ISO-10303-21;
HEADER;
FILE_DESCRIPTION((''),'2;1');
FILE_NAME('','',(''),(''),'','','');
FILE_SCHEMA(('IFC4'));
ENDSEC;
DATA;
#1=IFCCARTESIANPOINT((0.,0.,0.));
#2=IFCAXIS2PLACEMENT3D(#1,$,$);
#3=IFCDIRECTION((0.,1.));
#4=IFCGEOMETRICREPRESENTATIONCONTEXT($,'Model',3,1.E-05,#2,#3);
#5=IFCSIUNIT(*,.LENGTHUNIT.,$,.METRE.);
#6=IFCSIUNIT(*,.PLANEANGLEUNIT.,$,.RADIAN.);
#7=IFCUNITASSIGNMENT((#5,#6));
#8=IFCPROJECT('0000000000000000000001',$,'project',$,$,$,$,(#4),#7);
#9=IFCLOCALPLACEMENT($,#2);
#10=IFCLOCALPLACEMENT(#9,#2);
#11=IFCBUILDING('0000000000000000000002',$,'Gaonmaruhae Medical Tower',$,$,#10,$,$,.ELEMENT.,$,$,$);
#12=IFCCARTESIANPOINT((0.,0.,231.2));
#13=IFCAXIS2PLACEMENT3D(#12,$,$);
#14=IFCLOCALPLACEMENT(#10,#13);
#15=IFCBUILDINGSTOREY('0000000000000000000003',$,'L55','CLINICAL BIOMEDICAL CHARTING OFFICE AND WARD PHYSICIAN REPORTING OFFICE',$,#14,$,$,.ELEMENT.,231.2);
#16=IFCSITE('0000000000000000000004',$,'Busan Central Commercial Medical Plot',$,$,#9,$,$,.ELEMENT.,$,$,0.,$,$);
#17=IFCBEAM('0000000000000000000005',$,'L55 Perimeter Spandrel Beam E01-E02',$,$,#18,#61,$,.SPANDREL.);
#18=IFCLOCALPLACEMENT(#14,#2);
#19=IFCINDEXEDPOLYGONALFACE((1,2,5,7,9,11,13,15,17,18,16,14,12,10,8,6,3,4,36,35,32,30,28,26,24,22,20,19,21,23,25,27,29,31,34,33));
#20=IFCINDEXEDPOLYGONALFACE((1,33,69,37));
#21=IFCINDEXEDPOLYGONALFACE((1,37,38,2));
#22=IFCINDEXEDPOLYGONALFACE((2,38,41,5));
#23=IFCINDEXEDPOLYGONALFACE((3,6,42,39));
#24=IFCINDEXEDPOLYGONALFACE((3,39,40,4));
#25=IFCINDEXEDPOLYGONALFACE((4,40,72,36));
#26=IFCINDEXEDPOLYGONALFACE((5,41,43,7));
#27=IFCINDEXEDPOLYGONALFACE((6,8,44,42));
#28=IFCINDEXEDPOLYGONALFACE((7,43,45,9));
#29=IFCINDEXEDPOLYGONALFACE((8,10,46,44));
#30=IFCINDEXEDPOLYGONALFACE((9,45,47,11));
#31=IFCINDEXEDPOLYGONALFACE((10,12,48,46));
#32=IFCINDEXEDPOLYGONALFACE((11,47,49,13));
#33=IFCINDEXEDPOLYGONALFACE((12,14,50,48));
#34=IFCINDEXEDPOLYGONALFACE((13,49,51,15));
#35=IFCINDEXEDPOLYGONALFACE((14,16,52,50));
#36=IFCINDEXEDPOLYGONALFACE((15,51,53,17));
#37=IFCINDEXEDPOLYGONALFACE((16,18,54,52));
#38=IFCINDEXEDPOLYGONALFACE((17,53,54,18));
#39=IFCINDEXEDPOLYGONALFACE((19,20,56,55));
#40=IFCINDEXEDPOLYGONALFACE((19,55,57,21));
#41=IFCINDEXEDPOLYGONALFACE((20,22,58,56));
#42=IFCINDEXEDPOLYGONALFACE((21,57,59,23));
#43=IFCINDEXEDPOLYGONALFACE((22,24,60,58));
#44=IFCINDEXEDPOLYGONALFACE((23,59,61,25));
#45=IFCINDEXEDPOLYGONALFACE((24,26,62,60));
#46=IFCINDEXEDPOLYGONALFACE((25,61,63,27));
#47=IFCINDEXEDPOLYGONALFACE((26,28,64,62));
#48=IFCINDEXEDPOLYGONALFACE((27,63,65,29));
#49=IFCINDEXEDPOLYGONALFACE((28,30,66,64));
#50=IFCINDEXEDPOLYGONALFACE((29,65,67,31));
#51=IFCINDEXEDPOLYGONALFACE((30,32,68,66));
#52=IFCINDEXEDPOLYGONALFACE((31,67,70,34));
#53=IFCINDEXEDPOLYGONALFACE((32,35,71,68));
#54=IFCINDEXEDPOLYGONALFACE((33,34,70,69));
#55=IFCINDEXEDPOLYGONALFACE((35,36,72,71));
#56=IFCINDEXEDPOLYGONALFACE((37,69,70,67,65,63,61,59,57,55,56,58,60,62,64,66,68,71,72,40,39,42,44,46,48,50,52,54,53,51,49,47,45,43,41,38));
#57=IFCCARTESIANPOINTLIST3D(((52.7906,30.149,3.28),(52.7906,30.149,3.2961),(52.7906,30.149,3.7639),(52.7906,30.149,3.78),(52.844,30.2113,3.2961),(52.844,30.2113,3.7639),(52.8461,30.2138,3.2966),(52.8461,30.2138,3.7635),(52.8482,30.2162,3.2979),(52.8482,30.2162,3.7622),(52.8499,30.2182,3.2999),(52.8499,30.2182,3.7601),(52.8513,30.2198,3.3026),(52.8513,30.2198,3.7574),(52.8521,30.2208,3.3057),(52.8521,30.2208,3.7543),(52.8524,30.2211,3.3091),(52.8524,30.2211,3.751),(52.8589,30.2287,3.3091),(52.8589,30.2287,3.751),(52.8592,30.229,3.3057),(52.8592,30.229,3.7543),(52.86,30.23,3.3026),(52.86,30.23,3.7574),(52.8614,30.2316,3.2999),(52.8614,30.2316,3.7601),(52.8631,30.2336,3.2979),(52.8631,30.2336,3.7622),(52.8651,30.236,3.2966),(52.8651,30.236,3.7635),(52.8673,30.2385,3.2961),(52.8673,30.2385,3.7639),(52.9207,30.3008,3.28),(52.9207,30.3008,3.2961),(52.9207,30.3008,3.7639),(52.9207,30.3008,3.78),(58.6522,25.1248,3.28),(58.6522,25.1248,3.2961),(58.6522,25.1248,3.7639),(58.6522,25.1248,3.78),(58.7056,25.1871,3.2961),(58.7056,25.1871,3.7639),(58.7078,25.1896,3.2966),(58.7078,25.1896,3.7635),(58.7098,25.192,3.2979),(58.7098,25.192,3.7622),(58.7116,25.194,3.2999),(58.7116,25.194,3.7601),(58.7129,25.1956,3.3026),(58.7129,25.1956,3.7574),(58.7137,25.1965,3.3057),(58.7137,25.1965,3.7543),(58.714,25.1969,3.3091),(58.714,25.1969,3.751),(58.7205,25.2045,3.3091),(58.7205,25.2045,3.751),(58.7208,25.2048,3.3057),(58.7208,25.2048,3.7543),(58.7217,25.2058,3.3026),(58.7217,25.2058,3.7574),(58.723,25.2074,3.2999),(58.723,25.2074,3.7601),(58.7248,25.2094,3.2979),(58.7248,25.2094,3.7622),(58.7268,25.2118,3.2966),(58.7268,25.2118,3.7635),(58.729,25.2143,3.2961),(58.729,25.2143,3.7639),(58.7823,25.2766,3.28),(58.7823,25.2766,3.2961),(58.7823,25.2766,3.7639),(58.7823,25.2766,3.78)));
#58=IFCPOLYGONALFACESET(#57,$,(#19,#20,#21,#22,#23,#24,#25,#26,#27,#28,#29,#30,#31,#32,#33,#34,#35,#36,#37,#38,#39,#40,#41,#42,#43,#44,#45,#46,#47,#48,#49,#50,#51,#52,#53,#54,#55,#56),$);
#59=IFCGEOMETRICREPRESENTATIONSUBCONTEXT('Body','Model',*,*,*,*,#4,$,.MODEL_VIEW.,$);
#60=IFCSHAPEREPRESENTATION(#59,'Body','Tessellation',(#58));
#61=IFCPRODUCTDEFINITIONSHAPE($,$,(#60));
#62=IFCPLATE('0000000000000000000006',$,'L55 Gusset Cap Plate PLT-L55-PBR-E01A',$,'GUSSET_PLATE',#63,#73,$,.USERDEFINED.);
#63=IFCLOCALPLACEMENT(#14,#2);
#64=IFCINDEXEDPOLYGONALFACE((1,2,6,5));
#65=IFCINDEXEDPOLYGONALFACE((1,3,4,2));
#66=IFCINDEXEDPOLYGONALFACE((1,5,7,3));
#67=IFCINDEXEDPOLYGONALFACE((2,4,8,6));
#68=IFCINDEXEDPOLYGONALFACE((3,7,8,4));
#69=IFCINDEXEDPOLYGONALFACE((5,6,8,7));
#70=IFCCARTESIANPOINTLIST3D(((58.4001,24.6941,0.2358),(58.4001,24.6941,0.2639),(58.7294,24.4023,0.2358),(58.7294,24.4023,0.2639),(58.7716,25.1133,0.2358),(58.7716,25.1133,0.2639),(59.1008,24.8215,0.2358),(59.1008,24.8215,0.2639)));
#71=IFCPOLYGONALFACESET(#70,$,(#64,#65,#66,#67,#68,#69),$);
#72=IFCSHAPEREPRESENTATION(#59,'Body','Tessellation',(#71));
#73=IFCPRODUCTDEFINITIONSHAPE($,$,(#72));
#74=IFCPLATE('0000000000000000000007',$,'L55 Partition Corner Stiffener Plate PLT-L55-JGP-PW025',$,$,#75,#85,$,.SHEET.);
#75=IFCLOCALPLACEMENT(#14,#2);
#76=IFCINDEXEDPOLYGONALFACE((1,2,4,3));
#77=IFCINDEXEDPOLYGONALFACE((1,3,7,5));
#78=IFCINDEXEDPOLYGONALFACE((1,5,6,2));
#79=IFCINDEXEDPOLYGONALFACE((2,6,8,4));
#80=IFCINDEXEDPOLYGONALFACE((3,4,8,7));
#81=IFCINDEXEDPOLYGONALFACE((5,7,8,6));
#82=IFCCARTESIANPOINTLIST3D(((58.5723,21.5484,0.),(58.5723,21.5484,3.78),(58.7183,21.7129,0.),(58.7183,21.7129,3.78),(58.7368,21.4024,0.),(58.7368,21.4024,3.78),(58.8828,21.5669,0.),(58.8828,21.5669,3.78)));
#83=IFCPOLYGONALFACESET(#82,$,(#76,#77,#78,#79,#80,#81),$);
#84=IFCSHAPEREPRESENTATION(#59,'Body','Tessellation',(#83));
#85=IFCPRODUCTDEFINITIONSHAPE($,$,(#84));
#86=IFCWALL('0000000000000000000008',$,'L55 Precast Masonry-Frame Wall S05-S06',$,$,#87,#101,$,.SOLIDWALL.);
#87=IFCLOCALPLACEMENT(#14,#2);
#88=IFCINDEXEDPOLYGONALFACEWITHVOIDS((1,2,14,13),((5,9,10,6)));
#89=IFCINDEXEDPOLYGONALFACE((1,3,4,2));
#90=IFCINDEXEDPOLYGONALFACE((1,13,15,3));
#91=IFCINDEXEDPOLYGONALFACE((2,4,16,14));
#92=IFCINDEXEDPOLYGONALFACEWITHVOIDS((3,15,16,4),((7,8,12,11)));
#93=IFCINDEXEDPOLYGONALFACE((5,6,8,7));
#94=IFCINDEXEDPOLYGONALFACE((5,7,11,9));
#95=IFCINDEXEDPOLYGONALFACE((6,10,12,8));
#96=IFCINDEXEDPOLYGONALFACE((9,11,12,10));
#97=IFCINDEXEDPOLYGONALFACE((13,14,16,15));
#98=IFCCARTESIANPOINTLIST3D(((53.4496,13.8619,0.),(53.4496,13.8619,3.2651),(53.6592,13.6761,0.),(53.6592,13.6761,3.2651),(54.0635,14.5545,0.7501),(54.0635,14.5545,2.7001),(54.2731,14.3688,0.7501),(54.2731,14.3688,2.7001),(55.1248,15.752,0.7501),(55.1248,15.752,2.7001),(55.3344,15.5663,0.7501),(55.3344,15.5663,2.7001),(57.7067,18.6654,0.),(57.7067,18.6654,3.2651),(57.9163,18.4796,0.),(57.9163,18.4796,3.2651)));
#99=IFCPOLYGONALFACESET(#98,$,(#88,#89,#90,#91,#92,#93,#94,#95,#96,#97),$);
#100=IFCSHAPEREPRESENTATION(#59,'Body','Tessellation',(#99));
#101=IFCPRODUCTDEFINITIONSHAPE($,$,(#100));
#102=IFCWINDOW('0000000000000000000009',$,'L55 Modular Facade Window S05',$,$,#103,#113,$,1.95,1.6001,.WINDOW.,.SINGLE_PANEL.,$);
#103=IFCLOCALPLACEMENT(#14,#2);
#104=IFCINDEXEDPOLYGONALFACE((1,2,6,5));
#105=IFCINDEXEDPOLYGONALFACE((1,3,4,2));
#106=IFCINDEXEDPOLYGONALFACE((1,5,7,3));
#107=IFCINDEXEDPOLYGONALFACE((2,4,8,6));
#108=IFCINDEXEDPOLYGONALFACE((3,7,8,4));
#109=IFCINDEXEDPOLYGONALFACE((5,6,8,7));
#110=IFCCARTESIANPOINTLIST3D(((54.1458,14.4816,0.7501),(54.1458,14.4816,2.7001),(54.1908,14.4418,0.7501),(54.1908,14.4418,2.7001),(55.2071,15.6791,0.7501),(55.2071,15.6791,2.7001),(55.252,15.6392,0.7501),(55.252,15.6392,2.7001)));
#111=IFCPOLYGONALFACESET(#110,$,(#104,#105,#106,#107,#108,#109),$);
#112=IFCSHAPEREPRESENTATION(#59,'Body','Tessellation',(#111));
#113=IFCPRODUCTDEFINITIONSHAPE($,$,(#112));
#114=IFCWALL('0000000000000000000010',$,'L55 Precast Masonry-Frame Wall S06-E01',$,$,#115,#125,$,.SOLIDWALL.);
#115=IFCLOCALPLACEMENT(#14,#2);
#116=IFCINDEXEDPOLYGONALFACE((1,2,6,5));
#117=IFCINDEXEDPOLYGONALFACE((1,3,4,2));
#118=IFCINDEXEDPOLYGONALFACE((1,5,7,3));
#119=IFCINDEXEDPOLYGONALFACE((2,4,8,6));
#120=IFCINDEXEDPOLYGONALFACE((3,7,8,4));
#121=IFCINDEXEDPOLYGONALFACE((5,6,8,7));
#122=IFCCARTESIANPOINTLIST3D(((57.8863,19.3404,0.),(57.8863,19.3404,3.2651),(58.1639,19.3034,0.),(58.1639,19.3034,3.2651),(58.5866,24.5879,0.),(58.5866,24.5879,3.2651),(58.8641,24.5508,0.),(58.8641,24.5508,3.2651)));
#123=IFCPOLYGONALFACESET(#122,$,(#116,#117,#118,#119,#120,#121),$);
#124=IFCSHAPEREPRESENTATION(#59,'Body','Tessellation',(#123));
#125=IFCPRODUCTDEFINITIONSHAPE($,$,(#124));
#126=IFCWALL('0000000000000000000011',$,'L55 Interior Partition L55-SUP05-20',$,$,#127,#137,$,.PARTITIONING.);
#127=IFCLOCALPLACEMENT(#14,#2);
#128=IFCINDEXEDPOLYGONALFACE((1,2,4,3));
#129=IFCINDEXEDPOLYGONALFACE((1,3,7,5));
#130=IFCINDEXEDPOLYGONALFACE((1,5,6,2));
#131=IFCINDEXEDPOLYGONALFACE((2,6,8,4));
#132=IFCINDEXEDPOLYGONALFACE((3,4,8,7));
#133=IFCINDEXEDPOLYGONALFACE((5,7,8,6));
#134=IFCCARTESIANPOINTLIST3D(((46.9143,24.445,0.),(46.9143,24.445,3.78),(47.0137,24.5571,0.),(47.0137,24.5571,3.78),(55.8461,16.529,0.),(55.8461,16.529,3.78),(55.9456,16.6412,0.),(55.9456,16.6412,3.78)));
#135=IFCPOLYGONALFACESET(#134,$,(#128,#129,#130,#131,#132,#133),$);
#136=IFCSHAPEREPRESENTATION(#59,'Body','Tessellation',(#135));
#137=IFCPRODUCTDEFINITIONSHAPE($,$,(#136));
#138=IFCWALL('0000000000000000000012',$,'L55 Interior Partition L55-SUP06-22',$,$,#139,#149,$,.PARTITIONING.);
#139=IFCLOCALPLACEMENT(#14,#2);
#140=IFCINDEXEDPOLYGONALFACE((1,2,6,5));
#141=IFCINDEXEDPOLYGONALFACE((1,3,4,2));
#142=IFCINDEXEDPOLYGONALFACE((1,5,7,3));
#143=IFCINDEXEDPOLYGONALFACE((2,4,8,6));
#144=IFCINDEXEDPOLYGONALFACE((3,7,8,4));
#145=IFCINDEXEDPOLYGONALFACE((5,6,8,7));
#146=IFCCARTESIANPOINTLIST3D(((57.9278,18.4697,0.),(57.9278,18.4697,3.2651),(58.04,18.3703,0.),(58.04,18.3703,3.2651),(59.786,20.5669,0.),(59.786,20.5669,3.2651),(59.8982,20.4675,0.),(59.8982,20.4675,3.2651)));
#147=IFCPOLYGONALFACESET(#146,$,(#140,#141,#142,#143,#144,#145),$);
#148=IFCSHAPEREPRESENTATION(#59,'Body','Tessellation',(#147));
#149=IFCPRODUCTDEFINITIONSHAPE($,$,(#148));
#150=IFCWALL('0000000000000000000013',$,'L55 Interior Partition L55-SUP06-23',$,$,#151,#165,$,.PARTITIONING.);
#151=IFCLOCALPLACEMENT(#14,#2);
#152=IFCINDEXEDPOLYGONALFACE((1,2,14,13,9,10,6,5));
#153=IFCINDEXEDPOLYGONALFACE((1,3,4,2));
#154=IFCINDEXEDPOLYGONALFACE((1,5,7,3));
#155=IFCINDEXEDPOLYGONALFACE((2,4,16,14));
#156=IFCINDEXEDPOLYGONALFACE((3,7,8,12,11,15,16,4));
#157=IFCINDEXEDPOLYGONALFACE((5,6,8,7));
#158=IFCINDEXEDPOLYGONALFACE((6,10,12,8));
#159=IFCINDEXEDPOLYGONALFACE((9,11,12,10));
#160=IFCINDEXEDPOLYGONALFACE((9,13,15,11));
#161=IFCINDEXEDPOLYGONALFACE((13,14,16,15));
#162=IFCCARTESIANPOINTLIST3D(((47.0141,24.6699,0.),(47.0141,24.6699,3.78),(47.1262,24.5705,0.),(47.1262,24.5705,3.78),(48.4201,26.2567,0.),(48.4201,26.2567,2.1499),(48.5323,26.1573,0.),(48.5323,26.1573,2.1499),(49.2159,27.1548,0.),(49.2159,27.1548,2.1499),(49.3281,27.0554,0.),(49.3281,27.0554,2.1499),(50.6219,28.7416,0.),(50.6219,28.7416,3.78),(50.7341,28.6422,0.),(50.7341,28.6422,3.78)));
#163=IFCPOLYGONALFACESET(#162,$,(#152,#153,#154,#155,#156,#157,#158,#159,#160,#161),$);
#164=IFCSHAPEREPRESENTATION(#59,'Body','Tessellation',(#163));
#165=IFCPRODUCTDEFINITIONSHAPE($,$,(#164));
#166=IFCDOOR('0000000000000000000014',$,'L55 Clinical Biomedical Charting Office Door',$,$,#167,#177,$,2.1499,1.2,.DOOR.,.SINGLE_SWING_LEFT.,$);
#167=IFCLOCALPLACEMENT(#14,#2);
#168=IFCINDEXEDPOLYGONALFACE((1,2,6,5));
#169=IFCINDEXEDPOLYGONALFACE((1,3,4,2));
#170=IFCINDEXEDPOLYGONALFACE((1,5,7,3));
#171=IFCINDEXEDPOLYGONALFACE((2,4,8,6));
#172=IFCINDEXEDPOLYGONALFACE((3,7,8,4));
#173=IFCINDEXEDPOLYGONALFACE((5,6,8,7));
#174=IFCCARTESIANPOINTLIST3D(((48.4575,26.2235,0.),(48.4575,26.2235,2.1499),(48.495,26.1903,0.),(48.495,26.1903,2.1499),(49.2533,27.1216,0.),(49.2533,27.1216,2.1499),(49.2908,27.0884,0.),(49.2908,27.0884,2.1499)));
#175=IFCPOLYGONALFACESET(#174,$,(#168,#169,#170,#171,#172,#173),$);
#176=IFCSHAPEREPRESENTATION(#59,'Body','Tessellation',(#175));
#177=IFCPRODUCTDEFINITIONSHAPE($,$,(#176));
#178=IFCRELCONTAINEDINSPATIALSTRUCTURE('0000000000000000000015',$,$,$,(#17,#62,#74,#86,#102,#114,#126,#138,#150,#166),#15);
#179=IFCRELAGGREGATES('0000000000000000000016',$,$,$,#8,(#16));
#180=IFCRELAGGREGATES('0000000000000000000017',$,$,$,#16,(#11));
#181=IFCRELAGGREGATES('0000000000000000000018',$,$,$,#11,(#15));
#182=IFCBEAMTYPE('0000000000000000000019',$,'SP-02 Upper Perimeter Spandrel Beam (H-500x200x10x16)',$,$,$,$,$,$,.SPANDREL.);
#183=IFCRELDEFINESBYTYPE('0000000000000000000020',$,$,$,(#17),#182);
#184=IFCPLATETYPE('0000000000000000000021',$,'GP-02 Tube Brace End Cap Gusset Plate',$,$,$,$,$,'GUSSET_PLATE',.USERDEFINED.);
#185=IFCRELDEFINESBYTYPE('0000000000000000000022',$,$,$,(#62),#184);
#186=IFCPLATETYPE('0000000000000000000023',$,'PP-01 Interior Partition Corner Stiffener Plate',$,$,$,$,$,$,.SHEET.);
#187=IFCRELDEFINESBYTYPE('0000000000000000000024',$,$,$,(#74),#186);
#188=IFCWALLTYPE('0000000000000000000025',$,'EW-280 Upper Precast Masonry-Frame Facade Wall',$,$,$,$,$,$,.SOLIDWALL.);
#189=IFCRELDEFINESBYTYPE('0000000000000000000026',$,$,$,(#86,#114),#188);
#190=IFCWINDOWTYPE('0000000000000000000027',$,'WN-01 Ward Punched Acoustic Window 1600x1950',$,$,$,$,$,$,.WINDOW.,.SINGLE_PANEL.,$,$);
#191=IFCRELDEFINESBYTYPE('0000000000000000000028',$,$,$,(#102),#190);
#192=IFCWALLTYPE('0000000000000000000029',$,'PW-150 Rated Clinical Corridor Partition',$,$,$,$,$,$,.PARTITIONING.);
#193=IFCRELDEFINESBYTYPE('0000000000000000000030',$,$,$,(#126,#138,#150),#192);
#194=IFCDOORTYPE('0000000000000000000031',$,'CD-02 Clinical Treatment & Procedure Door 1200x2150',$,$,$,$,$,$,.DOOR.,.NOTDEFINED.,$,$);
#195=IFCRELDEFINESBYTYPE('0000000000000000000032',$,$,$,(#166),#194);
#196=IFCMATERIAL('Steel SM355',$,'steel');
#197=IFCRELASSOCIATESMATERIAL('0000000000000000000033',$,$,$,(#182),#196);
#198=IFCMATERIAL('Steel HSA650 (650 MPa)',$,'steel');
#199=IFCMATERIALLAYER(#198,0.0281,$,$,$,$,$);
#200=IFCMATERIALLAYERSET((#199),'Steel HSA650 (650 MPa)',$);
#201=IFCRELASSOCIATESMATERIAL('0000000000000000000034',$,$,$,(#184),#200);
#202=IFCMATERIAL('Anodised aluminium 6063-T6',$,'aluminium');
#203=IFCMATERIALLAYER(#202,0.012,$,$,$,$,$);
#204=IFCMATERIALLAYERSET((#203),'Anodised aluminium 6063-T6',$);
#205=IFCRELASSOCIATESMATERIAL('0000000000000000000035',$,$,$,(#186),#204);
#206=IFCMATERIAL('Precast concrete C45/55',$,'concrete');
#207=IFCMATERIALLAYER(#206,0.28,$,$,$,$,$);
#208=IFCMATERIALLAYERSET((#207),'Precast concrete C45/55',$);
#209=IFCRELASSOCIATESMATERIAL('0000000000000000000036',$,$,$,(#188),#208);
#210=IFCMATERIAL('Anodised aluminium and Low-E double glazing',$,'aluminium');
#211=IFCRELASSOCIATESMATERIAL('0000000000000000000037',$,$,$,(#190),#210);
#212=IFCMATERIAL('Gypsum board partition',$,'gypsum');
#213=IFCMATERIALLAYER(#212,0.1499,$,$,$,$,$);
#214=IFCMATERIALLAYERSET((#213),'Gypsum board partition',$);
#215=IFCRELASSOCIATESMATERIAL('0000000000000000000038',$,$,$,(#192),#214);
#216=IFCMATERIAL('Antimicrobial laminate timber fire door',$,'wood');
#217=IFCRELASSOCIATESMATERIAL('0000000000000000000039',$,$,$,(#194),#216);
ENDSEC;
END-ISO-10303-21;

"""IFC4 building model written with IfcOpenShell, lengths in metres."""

from ifc_helpers import new_model, si_unit, direction, frame, frame_2d, origin, origin_2d, place, context, subcontext, project, spatial, rectangle, i_section, extrude, material, layer, layer_set, material_profile, profile_set, type_object, element, fill, save


model = new_model("IFC4")

# Units and contexts
model_context = context("Model", 3, precision=1e-05, world=origin(), true_north=direction((0.0, 1.0)))
body_context = subcontext(model_context, "Body", "Model", "MODEL_VIEW")
ifc_project = project(units=[si_unit("LENGTHUNIT", "METRE"), si_unit("PLANEANGLEUNIT", "RADIAN")], contexts=[model_context])

# Site, building, storey
site_placement = place(None, origin())
site = spatial("IfcSite", under=ifc_project, at=site_placement, Name="Busan Central Commercial Medical Plot", CompositionType="ELEMENT", RefElevation=0.0)
building_placement = place(site_placement, origin())
building = spatial("IfcBuilding", under=site, at=building_placement, Name="Gaonmaruhae Medical Tower", CompositionType="ELEMENT")
storey_placement = place(building_placement, frame((0.0, 0.0, 231.2)))
storey = spatial("IfcBuildingStorey", under=building, at=storey_placement, Name="L55", Description="CLINICAL BIOMEDICAL CHARTING OFFICE AND WARD PHYSICIAN REPORTING OFFICE", CompositionType="ELEMENT", Elevation=231.2)

# Shared definitions
ifc_material_1 = material(Name="Steel SM355", Category="steel")

# Beam
ifc_material_profile_1 = material_profile(ifc_material_1, i_section(OverallWidth=0.2, OverallDepth=0.5, WebThickness=0.01, FlangeThickness=0.0161, FilletRadius=0.0129, at=origin_2d()), Name="H-500x200x10x16")
ifc_profile_set_1 = profile_set([ifc_material_profile_1], Name="Steel SM355")
beam_type_1 = type_object("IfcBeamType", Name="SP-02 Upper Perimeter Spandrel Beam (H-500x200x10x16)", PredefinedType="SPANDREL", material=ifc_profile_set_1)
beam_1_placement = place(storey_placement, frame((58.7173, 25.2007, 3.53), z_axis=(-0.759259, 0.650789, 0.0), x_axis=(-0.650789, -0.759259, 0.0)))
element("IfcBeam", 1, at=beam_1_placement, inside=storey, type_object=beam_type_1, Name="L55 Perimeter Spandrel Beam E01-E02", PredefinedType="SPANDREL", context=body_context, shape_type="SweptSolid", body=[
    extrude(i_section(OverallWidth=0.2, OverallDepth=0.5, WebThickness=0.01, FlangeThickness=0.0161, FilletRadius=0.0129, at=origin_2d()), origin(), (0.0, 0.0, 1.0), 7.7202),
])

# Plates
ifc_material_2 = material(Name="Steel HSA650 (650 MPa)", Category="steel")
ifc_layer_1 = layer(ifc_material_2, 0.0281)
ifc_layer_set_1 = layer_set([ifc_layer_1], Name="Steel HSA650 (650 MPa)")
plate_type_1 = type_object("IfcPlateType", Name="GP-02 Tube Brace End Cap Gusset Plate", ElementType="GUSSET_PLATE", PredefinedType="USERDEFINED", material=ifc_layer_set_1)
plate_1_placement = place(storey_placement, frame((58.7505, 24.7578, 0.2358), z_axis=(0.0, 0.0, 1.0), x_axis=(0.663273, 0.748377, 0.0)))
element("IfcPlate", 2, at=plate_1_placement, inside=storey, type_object=plate_type_1, Name="L55 Gusset Cap Plate PLT-L55-PBR-E01A", ObjectType="GUSSET_PLATE", PredefinedType="USERDEFINED", context=body_context, shape_type="SweptSolid", body=[
    extrude(rectangle(XDim=0.5601, YDim=0.4399, at=origin_2d()), origin(), (0.0, 0.0, 1.0), 0.0281),
])
ifc_material_3 = material(Name="Anodised aluminium 6063-T6", Category="aluminium")
ifc_layer_2 = layer(ifc_material_3, 0.012)
ifc_layer_set_2 = layer_set([ifc_layer_2], Name="Anodised aluminium 6063-T6")
plate_type_2 = type_object("IfcPlateType", Name="PP-01 Interior Partition Corner Stiffener Plate", PredefinedType="SHEET", material=ifc_layer_set_2)
plate_2_placement = place(storey_placement, frame((58.7275, 21.5576, 0.0), z_axis=(0.0, 0.0, 1.0), x_axis=(0.747972, -0.66373, 0.0)))
element("IfcPlate", 3, at=plate_2_placement, inside=storey, type_object=plate_type_2, Name="L55 Partition Corner Stiffener Plate PLT-L55-JGP-PW025", PredefinedType="SHEET", context=body_context, shape_type="SweptSolid", body=[
    extrude(rectangle(XDim=0.22, YDim=0.22, at=origin_2d()), origin(), (0.0, 0.0, 1.0), 3.78),
])

# Wall, opening, window
ifc_material_4 = material(Name="Precast concrete C45/55", Category="concrete")
ifc_layer_3 = layer(ifc_material_4, 0.28)
ifc_layer_set_3 = layer_set([ifc_layer_3], Name="Precast concrete C45/55")
wall_type_1 = type_object("IfcWallType", Name="EW-280 Upper Precast Masonry-Frame Facade Wall", PredefinedType="SOLIDWALL", material=ifc_layer_set_3)
wall_1_placement = place(storey_placement, frame((57.8115, 18.5725, 0.0), z_axis=(0.0, 0.0, 1.0), x_axis=(-0.663261, -0.748389, 0.0)))
wall_1 = element("IfcWall", 4, at=wall_1_placement, inside=storey, type_object=wall_type_1, Name="L55 Precast Masonry-Frame Wall S05-S06", PredefinedType="SOLIDWALL", context=body_context, shape_type="SweptSolid", body=[
    extrude(rectangle(XDim=6.4185, YDim=0.28, at=frame_2d((3.2092, 0.0))), origin(), (0.0, 0.0, 1.0), 3.2651),
])
opening_1_placement = place(wall_1_placement, frame((3.8928, 0.0, 0.75)))
opening_1 = element("IfcOpeningElement", 5, at=opening_1_placement, cuts=wall_1, PredefinedType="OPENING", context=body_context, shape_type="SweptSolid", body=[
    extrude(rectangle(XDim=1.6001, YDim=1.95, at=frame_2d((0.8, 0.9751))), frame((0.0, 0.1499, 0.0), z_axis=(0.0, -1.0, 0.0), x_axis=(1.0, 0.0, 0.0)), (0.0, 0.0, 1.0), 0.3),
])
ifc_material_5 = material(Name="Anodised aluminium and Low-E double glazing", Category="aluminium")
window_type = type_object("IfcWindowType", Name="WN-01 Ward Punched Acoustic Window 1600x1950", PartitioningType="SINGLE_PANEL", PredefinedType="WINDOW", material=ifc_material_5)
window_placement = place(opening_1_placement, origin())
window = element("IfcWindow", 6, at=window_placement, inside=storey, type_object=window_type, Name="L55 Modular Facade Window S05", OverallHeight=1.95, OverallWidth=1.6001, PartitioningType="SINGLE_PANEL", PredefinedType="WINDOW", context=body_context, shape_type="SweptSolid", body=[
    extrude(rectangle(XDim=1.6001, YDim=1.95, at=frame_2d((0.8, 0.9751))), frame((0.0, 0.03, 0.0), z_axis=(0.0, -1.0, 0.0), x_axis=(1.0, 0.0, 0.0)), (0.0, 0.0, 1.0), 0.0601),
])
fill(opening_1, window)

# Walls
wall_2_placement = place(storey_placement, frame((58.7253, 24.5693, 0.0), z_axis=(0.0, 0.0, 1.0), x_axis=(-0.132266, -0.991214, 0.0)))
element("IfcWall", 7, at=wall_2_placement, inside=storey, type_object=wall_type_1, Name="L55 Precast Masonry-Frame Wall S06-E01", PredefinedType="SOLIDWALL", context=body_context, shape_type="SweptSolid", body=[
    extrude(rectangle(XDim=5.2939, YDim=0.28, at=frame_2d((2.647, 0.0))), origin(), (0.0, 0.0, 1.0), 3.2651),
])
ifc_material_6 = material(Name="Gypsum board partition", Category="gypsum")
ifc_layer_4 = layer(ifc_material_6, 0.1499)
ifc_layer_set_4 = layer_set([ifc_layer_4], Name="Gypsum board partition")
wall_type_2 = type_object("IfcWallType", Name="PW-150 Rated Clinical Corridor Partition", PredefinedType="PARTITIONING", material=ifc_layer_set_4)
wall_3_placement = place(storey_placement, frame((46.9641, 24.501, 0.0), z_axis=(0.0, 0.0, 1.0), x_axis=(0.748384, -0.663266, 0.0)))
element("IfcWall", 8, at=wall_3_placement, inside=storey, type_object=wall_type_2, Name="L55 Interior Partition L55-SUP05-20", PredefinedType="PARTITIONING", context=body_context, shape_type="SweptSolid", body=[
    extrude(rectangle(XDim=11.9348, YDim=0.1499, at=frame_2d((5.9673, 0.0))), origin(), (0.0, 0.0, 1.0), 3.78),
])
wall_4_placement = place(storey_placement, frame((59.842, 20.5171, 0.0), z_axis=(0.0, 0.0, 1.0), x_axis=(-0.663168, -0.748471, 0.0)))
element("IfcWall", 9, at=wall_4_placement, inside=storey, type_object=wall_type_2, Name="L55 Interior Partition L55-SUP06-22", PredefinedType="PARTITIONING", context=body_context, shape_type="SweptSolid", body=[
    extrude(rectangle(XDim=2.802, YDim=0.1499, at=frame_2d((1.4009, 0.0))), origin(), (0.0, 0.0, 1.0), 3.2651),
])

# Wall, opening, door
wall_5_placement = place(storey_placement, frame((47.0701, 24.6201, 0.0), z_axis=(0.0, 0.0, 1.0), x_axis=(0.663188, 0.748453, 0.0)))
wall_5 = element("IfcWall", 10, at=wall_5_placement, inside=storey, type_object=wall_type_2, Name="L55 Interior Partition L55-SUP06-23", PredefinedType="PARTITIONING", context=body_context, shape_type="SweptSolid", body=[
    extrude(rectangle(XDim=5.4402, YDim=0.1499, at=frame_2d((2.7202, 0.0))), origin(), (0.0, 0.0, 1.0), 3.78),
])
opening_2_placement = place(wall_5_placement, frame((2.1201, 0.0, 0.0)))
opening_2 = element("IfcOpeningElement", 11, at=opening_2_placement, cuts=wall_5, PredefinedType="OPENING", context=body_context, shape_type="SweptSolid", body=[
    extrude(rectangle(XDim=1.2, YDim=2.1499, at=frame_2d((0.6001, 1.075))), frame((0.0, 0.085, 0.0), z_axis=(0.0, -1.0, 0.0), x_axis=(1.0, 0.0, 0.0)), (0.0, 0.0, 1.0), 0.1699),
])
ifc_material_7 = material(Name="Antimicrobial laminate timber fire door", Category="wood")
door_type = type_object("IfcDoorType", Name="CD-02 Clinical Treatment & Procedure Door 1200x2150", OperationType="NOTDEFINED", PredefinedType="DOOR", material=ifc_material_7)
door_placement = place(opening_2_placement, origin())
door = element("IfcDoor", 12, at=door_placement, inside=storey, type_object=door_type, Name="L55 Clinical Biomedical Charting Office Door", OperationType="SINGLE_SWING_LEFT", OverallHeight=2.1499, OverallWidth=1.2, PredefinedType="DOOR", context=body_context, shape_type="SweptSolid", body=[
    extrude(rectangle(XDim=1.2, YDim=2.1499, at=frame_2d((0.6001, 1.075))), frame((0.0, 0.0249, 0.0), z_axis=(0.0, -1.0, 0.0), x_axis=(1.0, 0.0, 0.0)), (0.0, 0.0, 1.0), 0.05),
])
fill(opening_2, door)

save(model, "model.ifc")
